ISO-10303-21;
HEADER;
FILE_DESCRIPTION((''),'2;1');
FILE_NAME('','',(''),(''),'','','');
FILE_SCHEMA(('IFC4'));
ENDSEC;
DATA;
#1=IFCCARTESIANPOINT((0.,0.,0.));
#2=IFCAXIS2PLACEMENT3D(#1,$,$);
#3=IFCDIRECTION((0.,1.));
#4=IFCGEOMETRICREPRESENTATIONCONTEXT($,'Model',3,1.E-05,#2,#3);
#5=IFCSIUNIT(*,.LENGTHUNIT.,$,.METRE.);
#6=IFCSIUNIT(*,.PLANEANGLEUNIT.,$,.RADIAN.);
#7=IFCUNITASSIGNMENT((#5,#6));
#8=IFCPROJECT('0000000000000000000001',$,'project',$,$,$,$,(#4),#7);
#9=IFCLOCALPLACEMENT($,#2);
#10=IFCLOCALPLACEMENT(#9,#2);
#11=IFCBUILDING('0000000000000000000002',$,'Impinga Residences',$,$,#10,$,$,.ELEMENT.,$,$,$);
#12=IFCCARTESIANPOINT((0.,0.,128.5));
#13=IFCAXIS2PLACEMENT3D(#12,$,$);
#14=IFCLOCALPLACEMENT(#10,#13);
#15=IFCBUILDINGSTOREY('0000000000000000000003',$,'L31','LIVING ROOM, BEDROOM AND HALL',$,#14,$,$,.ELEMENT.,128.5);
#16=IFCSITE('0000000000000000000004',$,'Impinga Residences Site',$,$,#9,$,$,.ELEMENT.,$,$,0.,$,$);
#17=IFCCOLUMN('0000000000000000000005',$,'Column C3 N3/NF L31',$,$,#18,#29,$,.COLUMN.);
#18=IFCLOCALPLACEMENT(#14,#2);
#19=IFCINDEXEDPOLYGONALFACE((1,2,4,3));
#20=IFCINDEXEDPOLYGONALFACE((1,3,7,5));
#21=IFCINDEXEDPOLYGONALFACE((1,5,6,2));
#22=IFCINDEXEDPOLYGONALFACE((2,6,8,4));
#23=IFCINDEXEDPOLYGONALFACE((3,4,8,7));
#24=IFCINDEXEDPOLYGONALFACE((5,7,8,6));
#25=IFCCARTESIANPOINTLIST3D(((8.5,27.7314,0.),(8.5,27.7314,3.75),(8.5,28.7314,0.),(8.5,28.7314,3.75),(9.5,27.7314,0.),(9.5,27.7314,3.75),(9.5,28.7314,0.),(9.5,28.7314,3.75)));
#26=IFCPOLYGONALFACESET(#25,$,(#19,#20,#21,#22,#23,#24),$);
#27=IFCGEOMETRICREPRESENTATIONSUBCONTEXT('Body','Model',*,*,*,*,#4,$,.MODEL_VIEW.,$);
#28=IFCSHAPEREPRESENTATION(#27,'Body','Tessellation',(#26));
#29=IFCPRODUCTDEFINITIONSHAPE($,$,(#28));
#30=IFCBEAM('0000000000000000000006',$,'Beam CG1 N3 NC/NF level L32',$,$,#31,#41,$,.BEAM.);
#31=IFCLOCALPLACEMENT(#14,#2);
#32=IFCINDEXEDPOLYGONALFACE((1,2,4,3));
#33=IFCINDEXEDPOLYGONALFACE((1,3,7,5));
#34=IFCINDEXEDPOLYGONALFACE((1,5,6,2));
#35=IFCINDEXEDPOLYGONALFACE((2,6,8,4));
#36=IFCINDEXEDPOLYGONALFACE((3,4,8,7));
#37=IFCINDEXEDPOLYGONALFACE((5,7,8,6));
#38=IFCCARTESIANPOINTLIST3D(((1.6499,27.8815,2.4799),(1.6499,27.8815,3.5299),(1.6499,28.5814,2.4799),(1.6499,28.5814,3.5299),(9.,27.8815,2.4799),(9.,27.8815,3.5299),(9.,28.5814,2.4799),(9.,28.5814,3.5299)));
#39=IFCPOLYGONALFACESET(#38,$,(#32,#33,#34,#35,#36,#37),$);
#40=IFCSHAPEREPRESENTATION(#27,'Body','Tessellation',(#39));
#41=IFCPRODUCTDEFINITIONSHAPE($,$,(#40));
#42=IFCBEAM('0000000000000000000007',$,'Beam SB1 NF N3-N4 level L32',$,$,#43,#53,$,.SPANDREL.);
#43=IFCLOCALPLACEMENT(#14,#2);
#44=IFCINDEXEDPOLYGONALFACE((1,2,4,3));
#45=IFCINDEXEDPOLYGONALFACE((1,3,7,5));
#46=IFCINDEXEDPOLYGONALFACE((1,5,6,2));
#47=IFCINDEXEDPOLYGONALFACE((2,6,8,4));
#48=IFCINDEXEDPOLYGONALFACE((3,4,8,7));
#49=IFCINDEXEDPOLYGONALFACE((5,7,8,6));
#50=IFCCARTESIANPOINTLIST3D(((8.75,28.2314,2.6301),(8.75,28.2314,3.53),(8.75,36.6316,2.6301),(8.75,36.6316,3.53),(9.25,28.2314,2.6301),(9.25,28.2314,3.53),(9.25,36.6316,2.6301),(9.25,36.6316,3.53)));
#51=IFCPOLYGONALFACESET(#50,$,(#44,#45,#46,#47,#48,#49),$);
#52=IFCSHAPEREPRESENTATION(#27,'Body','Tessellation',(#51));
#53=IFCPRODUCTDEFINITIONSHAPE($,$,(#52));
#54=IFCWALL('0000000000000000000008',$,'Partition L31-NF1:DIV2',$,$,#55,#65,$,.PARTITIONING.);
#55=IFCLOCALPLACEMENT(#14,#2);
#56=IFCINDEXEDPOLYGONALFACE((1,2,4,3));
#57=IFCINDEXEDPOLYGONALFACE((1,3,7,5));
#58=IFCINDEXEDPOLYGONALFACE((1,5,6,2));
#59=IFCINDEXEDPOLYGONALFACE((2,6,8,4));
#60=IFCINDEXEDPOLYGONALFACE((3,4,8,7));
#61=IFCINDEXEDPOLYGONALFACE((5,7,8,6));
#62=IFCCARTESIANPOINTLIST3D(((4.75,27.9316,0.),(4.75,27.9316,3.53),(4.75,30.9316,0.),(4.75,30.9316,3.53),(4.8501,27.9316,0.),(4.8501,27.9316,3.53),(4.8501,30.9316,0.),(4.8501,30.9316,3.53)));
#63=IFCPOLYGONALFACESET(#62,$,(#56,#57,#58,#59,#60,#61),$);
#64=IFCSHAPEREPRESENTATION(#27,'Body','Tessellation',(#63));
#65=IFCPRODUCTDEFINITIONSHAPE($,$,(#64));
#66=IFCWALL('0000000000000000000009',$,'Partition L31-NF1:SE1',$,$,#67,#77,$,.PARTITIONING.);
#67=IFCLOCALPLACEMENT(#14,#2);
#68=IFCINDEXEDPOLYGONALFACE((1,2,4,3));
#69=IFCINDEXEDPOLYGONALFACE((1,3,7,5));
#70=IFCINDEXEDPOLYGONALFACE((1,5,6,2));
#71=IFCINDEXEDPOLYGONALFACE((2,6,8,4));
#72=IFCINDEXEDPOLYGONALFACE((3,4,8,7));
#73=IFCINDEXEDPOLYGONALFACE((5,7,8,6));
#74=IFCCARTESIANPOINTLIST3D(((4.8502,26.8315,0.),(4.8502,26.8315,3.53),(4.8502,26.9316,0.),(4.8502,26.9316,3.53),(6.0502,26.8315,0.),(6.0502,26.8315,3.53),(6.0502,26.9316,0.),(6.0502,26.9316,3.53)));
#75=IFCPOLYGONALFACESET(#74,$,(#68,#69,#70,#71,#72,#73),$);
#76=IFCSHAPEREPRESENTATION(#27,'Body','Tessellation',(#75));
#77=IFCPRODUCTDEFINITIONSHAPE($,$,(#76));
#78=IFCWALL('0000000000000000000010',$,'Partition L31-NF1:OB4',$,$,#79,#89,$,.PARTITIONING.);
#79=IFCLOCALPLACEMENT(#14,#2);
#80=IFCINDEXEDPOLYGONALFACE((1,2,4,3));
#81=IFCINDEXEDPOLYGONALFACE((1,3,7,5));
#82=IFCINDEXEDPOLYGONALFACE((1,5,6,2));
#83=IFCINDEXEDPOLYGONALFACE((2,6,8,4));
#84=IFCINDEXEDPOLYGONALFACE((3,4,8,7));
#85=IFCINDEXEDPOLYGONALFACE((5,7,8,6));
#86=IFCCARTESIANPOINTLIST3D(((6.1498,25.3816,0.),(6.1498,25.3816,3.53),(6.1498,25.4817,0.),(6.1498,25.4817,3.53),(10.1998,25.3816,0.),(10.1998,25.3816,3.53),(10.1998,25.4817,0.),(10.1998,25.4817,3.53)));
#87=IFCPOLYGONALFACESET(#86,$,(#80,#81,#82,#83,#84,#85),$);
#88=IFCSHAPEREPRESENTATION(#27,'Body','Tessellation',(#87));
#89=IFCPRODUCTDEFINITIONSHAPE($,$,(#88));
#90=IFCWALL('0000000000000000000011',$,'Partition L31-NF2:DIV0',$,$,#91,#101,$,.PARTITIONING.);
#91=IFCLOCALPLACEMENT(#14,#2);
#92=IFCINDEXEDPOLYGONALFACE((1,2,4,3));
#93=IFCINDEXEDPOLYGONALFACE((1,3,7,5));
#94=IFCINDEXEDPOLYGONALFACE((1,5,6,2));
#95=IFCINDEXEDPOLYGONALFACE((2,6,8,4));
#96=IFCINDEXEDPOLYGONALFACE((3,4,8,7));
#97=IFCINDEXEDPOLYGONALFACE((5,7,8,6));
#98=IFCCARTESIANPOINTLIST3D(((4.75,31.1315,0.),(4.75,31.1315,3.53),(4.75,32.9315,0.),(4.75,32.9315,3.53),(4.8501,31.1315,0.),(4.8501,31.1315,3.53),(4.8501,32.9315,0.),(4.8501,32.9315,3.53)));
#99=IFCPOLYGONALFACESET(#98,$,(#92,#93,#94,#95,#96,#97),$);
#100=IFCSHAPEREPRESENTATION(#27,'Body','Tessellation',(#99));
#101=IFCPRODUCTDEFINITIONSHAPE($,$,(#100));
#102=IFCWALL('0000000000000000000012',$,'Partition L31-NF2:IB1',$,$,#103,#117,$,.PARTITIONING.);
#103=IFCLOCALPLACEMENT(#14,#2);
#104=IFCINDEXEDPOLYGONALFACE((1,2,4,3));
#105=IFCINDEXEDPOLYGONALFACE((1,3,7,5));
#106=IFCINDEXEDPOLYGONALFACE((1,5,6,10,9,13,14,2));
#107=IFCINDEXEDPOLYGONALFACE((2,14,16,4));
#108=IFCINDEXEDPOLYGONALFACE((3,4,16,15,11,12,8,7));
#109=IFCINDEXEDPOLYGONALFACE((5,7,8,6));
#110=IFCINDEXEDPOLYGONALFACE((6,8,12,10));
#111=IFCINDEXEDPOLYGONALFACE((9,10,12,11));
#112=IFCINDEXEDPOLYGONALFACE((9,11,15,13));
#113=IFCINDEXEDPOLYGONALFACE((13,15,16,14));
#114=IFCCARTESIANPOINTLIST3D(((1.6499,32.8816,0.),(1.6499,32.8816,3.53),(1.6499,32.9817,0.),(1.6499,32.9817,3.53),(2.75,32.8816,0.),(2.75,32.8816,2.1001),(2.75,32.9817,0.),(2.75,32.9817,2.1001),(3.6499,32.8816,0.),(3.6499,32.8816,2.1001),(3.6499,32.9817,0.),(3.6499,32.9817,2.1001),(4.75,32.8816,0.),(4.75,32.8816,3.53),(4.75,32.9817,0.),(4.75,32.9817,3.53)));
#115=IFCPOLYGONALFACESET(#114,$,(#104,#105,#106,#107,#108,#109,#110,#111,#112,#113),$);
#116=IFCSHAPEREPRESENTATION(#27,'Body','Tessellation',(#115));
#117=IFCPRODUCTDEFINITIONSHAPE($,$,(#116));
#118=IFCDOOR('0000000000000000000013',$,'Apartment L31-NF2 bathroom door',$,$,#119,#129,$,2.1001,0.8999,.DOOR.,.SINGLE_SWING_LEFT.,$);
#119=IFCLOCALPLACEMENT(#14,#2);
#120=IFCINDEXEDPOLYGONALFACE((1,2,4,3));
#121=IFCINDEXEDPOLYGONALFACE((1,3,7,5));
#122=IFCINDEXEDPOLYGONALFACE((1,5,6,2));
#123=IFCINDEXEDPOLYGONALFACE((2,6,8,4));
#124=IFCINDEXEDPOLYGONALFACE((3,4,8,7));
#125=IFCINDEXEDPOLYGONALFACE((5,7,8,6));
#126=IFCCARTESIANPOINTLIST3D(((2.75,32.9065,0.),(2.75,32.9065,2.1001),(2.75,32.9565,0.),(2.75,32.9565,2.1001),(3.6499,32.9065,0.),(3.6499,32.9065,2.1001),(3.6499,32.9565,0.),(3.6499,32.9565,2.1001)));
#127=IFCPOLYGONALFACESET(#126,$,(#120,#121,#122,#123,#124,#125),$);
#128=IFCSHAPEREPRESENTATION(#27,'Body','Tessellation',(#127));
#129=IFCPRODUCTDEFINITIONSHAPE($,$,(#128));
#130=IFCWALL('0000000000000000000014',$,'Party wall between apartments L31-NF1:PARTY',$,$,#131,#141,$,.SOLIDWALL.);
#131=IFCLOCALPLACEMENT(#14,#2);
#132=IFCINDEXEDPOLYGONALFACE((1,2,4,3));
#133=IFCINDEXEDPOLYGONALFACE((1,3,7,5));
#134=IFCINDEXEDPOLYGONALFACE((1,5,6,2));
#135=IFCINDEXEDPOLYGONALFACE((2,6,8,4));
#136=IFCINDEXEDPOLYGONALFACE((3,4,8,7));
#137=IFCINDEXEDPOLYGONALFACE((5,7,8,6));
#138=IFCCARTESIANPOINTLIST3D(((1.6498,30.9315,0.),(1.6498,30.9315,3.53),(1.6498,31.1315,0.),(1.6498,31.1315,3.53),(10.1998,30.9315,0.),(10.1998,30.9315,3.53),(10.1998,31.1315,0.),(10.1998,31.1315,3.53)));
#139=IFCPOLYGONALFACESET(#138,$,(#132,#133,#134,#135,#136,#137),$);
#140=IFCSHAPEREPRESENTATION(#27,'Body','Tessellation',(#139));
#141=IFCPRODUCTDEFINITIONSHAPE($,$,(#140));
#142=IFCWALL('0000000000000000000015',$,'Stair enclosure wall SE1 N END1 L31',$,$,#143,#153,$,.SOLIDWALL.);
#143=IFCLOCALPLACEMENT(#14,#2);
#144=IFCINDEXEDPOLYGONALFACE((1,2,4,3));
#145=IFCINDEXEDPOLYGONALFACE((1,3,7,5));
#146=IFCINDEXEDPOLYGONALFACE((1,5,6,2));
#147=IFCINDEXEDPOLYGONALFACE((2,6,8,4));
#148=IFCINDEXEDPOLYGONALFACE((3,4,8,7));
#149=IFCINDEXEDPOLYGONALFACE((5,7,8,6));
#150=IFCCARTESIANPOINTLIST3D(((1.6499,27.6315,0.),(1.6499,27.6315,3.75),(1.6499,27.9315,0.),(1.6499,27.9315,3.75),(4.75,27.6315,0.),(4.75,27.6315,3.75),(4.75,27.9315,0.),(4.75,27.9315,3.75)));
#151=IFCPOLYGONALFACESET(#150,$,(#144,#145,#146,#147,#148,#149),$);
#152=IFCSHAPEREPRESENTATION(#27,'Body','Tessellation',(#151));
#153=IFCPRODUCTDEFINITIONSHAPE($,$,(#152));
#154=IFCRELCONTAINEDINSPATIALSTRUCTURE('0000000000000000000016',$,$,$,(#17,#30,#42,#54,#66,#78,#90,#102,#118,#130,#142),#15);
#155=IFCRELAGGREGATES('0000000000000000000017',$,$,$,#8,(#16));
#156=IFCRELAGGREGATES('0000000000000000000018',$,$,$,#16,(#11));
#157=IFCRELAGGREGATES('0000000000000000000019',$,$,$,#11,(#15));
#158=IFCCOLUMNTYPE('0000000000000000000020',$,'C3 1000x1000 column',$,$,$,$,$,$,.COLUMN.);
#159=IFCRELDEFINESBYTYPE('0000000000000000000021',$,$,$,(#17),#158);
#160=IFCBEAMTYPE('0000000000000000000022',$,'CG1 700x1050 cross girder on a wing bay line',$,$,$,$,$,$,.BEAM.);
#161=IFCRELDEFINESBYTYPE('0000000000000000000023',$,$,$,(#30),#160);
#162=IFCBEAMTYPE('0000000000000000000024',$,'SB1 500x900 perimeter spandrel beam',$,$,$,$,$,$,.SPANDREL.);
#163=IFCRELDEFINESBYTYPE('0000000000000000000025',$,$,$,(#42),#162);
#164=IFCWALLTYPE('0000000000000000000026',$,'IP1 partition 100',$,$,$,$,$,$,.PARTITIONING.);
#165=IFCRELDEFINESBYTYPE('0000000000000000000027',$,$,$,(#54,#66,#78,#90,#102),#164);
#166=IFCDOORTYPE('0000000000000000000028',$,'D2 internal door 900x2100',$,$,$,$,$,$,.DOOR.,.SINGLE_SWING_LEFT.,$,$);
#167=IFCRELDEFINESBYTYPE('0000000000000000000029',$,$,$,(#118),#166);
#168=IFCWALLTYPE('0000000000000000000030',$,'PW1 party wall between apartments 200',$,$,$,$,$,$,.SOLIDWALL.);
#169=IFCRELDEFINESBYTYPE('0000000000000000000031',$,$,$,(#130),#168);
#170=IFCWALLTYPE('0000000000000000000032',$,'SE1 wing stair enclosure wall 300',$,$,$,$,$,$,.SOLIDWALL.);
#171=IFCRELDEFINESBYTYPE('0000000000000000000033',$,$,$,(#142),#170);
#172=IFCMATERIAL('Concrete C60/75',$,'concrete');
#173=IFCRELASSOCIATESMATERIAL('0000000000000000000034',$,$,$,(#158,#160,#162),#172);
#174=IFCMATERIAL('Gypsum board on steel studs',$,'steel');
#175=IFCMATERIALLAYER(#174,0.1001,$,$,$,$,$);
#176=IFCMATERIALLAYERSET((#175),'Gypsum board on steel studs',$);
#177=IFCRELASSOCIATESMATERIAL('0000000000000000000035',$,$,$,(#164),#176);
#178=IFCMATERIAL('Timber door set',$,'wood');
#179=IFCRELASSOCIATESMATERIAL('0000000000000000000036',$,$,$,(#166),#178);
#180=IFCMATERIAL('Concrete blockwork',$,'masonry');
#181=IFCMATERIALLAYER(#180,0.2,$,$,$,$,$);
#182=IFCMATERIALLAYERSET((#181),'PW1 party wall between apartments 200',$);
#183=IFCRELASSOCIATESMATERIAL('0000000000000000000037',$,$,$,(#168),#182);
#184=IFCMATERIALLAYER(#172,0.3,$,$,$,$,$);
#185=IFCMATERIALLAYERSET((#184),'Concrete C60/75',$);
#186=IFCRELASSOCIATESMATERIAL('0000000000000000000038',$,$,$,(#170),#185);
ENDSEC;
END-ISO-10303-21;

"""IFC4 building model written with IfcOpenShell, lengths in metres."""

from ifc_helpers import new_model, si_unit, direction, frame, frame_2d, origin, origin_2d, place, context, subcontext, project, spatial, rectangle, extrude, material, layer, layer_set, material_profile, profile_set, type_object, element, fill, save


model = new_model("IFC4")

# Units and contexts
model_context = context("Model", 3, precision=1e-05, world=origin(), true_north=direction((0.0, 1.0)))
body_context = subcontext(model_context, "Body", "Model", "MODEL_VIEW")
ifc_project = project(units=[si_unit("LENGTHUNIT", "METRE"), si_unit("PLANEANGLEUNIT", "RADIAN")], contexts=[model_context])

# Site, building, storey
site_placement = place(None, origin())
site = spatial("IfcSite", under=ifc_project, at=site_placement, Name="Impinga Residences Site", CompositionType="ELEMENT", RefElevation=0.0)
building_placement = place(site_placement, origin())
building = spatial("IfcBuilding", under=site, at=building_placement, Name="Impinga Residences", CompositionType="ELEMENT")
storey_placement = place(building_placement, frame((0.0, 0.0, 128.5)))
storey = spatial("IfcBuildingStorey", under=building, at=storey_placement, Name="L31", Description="LIVING ROOM, BEDROOM AND HALL", CompositionType="ELEMENT", Elevation=128.5)

# Column
ifc_material_1 = material(Name="Concrete C60/75", Category="concrete")
ifc_material_profile_1 = material_profile(ifc_material_1, rectangle(XDim=1.0, YDim=1.0, at=origin_2d()), Name="RC 1000x1000")
ifc_profile_set_1 = profile_set([ifc_material_profile_1], Name="Concrete C60/75")
column_type = type_object("IfcColumnType", Name="C3 1000x1000 column", PredefinedType="COLUMN", material=ifc_profile_set_1)
column_placement = place(storey_placement, frame((9.0, 28.2314, 0.0), z_axis=(0.0, 0.0, 1.0), x_axis=(1.0, 0.0, 0.0)))
element("IfcColumn", 1, at=column_placement, inside=storey, type_object=column_type, Name="Column C3 N3/NF L31", PredefinedType="COLUMN", context=body_context, shape_type="SweptSolid", body=[
    extrude(rectangle(XDim=1.0, YDim=1.0, at=origin_2d()), origin(), (0.0, 0.0, 1.0), 3.75),
])

# Beams
ifc_material_profile_2 = material_profile(ifc_material_1, rectangle(XDim=0.7, YDim=1.05, at=origin_2d()), Name="RC 700x1050")
ifc_profile_set_2 = profile_set([ifc_material_profile_2], Name="Concrete C60/75")
beam_type_1 = type_object("IfcBeamType", Name="CG1 700x1050 cross girder on a wing bay line", PredefinedType="BEAM", material=ifc_profile_set_2)
beam_1_placement = place(storey_placement, frame((1.6499, 28.2314, 3.0049), z_axis=(1.0, 0.0, 0.0), x_axis=(0.0, 1.0, 0.0)))
element("IfcBeam", 2, at=beam_1_placement, inside=storey, type_object=beam_type_1, Name="Beam CG1 N3 NC/NF level L32", PredefinedType="BEAM", context=body_context, shape_type="SweptSolid", body=[
    extrude(rectangle(XDim=0.7, YDim=1.05, at=origin_2d()), origin(), (0.0, 0.0, 1.0), 7.3501),
])
ifc_material_profile_3 = material_profile(ifc_material_1, rectangle(XDim=0.5, YDim=0.8999, at=origin_2d()), Name="RC 500x900")
ifc_profile_set_3 = profile_set([ifc_material_profile_3], Name="Concrete C60/75")
beam_type_2 = type_object("IfcBeamType", Name="SB1 500x900 perimeter spandrel beam", PredefinedType="SPANDREL", material=ifc_profile_set_3)
beam_2_placement = place(storey_placement, frame((9.0, 28.2314, 3.0801), z_axis=(0.0, 1.0, 0.0), x_axis=(-1.0, 0.0, 0.0)))
element("IfcBeam", 3, at=beam_2_placement, inside=storey, type_object=beam_type_2, Name="Beam SB1 NF N3-N4 level L32", PredefinedType="SPANDREL", context=body_context, shape_type="SweptSolid", body=[
    extrude(rectangle(XDim=0.5, YDim=0.8999, at=origin_2d()), origin(), (0.0, 0.0, 1.0), 8.4001),
])

# Walls
ifc_material_2 = material(Name="Gypsum board on steel studs", Category="steel")
ifc_layer_1 = layer(ifc_material_2, 0.1001)
ifc_layer_set_1 = layer_set([ifc_layer_1], Name="Gypsum board on steel studs")
wall_type_1 = type_object("IfcWallType", Name="IP1 partition 100", PredefinedType="PARTITIONING", material=ifc_layer_set_1)
wall_1_placement = place(storey_placement, frame((4.8, 27.9316, 0.0), z_axis=(0.0, 0.0, 1.0), x_axis=(0.0, 1.0, 0.0)))
element("IfcWall", 4, at=wall_1_placement, inside=storey, type_object=wall_type_1, Name="Partition L31-NF1:DIV2", PredefinedType="PARTITIONING", context=body_context, shape_type="SweptSolid", body=[
    extrude(rectangle(XDim=3.0, YDim=0.1001, at=frame_2d((1.5, 0.0))), origin(), (0.0, 0.0, 1.0), 3.53),
])
wall_2_placement = place(storey_placement, frame((4.8501, 26.8816, 0.0), z_axis=(0.0, 0.0, 1.0), x_axis=(1.0, 0.0, 0.0)))
element("IfcWall", 5, at=wall_2_placement, inside=storey, type_object=wall_type_1, Name="Partition L31-NF1:SE1", PredefinedType="PARTITIONING", context=body_context, shape_type="SweptSolid", body=[
    extrude(rectangle(XDim=1.2, YDim=0.1001, at=frame_2d((0.6001, 0.0))), origin(), (0.0, 0.0, 1.0), 3.53),
])
wall_3_placement = place(storey_placement, frame((6.1499, 25.4316, 0.0), z_axis=(0.0, 0.0, 1.0), x_axis=(1.0, 0.0, 0.0)))
element("IfcWall", 6, at=wall_3_placement, inside=storey, type_object=wall_type_1, Name="Partition L31-NF1:OB4", PredefinedType="PARTITIONING", context=body_context, shape_type="SweptSolid", body=[
    extrude(rectangle(XDim=4.05, YDim=0.1001, at=frame_2d((2.0249, 0.0))), origin(), (0.0, 0.0, 1.0), 3.53),
])
wall_4_placement = place(storey_placement, frame((4.8, 31.1316, 0.0), z_axis=(0.0, 0.0, 1.0), x_axis=(0.0, 1.0, 0.0)))
element("IfcWall", 7, at=wall_4_placement, inside=storey, type_object=wall_type_1, Name="Partition L31-NF2:DIV0", PredefinedType="PARTITIONING", context=body_context, shape_type="SweptSolid", body=[
    extrude(rectangle(XDim=1.8, YDim=0.1001, at=frame_2d((0.8999, 0.0))), origin(), (0.0, 0.0, 1.0), 3.53),
])

# Wall, opening, door
wall_5_placement = place(storey_placement, frame((1.6499, 32.9316, 0.0), z_axis=(0.0, 0.0, 1.0), x_axis=(1.0, 0.0, 0.0)))
wall_5 = element("IfcWall", 8, at=wall_5_placement, inside=storey, type_object=wall_type_1, Name="Partition L31-NF2:IB1", PredefinedType="PARTITIONING", context=body_context, shape_type="SweptSolid", body=[
    extrude(rectangle(XDim=3.1001, YDim=0.1001, at=frame_2d((1.55, 0.0))), origin(), (0.0, 0.0, 1.0), 3.53),
])
opening_placement = place(wall_5_placement, frame((1.1001, 0.0, 0.0)))
opening = element("IfcOpeningElement", 9, at=opening_placement, cuts=wall_5, PredefinedType="OPENING", context=body_context, shape_type="SweptSolid", body=[
    extrude(rectangle(XDim=0.8999, YDim=2.1001, at=frame_2d((0.45, 1.05))), frame((0.0, 0.0601, 0.0), z_axis=(0.0, -1.0, 0.0), x_axis=(1.0, 0.0, 0.0)), (0.0, 0.0, 1.0), 0.1201),
])
ifc_material_3 = material(Name="Timber door set", Category="wood")
door_type = type_object("IfcDoorType", Name="D2 internal door 900x2100", OperationType="SINGLE_SWING_LEFT", PredefinedType="DOOR", material=ifc_material_3)
door_placement = place(opening_placement, origin())
door = element("IfcDoor", 10, at=door_placement, inside=storey, type_object=door_type, Name="Apartment L31-NF2 bathroom door", OperationType="SINGLE_SWING_LEFT", OverallHeight=2.1001, OverallWidth=0.8999, PredefinedType="DOOR", context=body_context, shape_type="SweptSolid", body=[
    extrude(rectangle(XDim=0.8999, YDim=2.1001, at=frame_2d((0.45, 1.05))), frame((0.0, 0.0249, 0.0), z_axis=(0.0, -1.0, 0.0), x_axis=(1.0, 0.0, 0.0)), (0.0, 0.0, 1.0), 0.05),
])
fill(opening, door)

# Walls
ifc_material_4 = material(Name="Concrete blockwork", Category="masonry")
ifc_layer_2 = layer(ifc_material_4, 0.2)
ifc_layer_set_2 = layer_set([ifc_layer_2], Name="PW1 party wall between apartments 200")
wall_type_2 = type_object("IfcWallType", Name="PW1 party wall between apartments 200", PredefinedType="SOLIDWALL", material=ifc_layer_set_2)
wall_6_placement = place(storey_placement, frame((1.6499, 31.0315, 0.0), z_axis=(0.0, 0.0, 1.0), x_axis=(1.0, 0.0, 0.0)))
element("IfcWall", 11, at=wall_6_placement, inside=storey, type_object=wall_type_2, Name="Party wall between apartments L31-NF1:PARTY", PredefinedType="SOLIDWALL", context=body_context, shape_type="SweptSolid", body=[
    extrude(rectangle(XDim=8.55, YDim=0.2, at=frame_2d((4.2749, 0.0))), origin(), (0.0, 0.0, 1.0), 3.53),
])
ifc_layer_3 = layer(ifc_material_1, 0.3)
ifc_layer_set_3 = layer_set([ifc_layer_3], Name="Concrete C60/75")
wall_type_3 = type_object("IfcWallType", Name="SE1 wing stair enclosure wall 300", PredefinedType="SOLIDWALL", material=ifc_layer_set_3)
wall_7_placement = place(storey_placement, frame((1.6499, 27.7815, 0.0), z_axis=(0.0, 0.0, 1.0), x_axis=(1.0, 0.0, 0.0)))
element("IfcWall", 12, at=wall_7_placement, inside=storey, type_object=wall_type_3, Name="Stair enclosure wall SE1 N END1 L31", PredefinedType="SOLIDWALL", context=body_context, shape_type="SweptSolid", body=[
    extrude(rectangle(XDim=3.1001, YDim=0.3, at=frame_2d((1.55, 0.0))), origin(), (0.0, 0.0, 1.0), 3.75),
])

save(model, "model.ifc")
